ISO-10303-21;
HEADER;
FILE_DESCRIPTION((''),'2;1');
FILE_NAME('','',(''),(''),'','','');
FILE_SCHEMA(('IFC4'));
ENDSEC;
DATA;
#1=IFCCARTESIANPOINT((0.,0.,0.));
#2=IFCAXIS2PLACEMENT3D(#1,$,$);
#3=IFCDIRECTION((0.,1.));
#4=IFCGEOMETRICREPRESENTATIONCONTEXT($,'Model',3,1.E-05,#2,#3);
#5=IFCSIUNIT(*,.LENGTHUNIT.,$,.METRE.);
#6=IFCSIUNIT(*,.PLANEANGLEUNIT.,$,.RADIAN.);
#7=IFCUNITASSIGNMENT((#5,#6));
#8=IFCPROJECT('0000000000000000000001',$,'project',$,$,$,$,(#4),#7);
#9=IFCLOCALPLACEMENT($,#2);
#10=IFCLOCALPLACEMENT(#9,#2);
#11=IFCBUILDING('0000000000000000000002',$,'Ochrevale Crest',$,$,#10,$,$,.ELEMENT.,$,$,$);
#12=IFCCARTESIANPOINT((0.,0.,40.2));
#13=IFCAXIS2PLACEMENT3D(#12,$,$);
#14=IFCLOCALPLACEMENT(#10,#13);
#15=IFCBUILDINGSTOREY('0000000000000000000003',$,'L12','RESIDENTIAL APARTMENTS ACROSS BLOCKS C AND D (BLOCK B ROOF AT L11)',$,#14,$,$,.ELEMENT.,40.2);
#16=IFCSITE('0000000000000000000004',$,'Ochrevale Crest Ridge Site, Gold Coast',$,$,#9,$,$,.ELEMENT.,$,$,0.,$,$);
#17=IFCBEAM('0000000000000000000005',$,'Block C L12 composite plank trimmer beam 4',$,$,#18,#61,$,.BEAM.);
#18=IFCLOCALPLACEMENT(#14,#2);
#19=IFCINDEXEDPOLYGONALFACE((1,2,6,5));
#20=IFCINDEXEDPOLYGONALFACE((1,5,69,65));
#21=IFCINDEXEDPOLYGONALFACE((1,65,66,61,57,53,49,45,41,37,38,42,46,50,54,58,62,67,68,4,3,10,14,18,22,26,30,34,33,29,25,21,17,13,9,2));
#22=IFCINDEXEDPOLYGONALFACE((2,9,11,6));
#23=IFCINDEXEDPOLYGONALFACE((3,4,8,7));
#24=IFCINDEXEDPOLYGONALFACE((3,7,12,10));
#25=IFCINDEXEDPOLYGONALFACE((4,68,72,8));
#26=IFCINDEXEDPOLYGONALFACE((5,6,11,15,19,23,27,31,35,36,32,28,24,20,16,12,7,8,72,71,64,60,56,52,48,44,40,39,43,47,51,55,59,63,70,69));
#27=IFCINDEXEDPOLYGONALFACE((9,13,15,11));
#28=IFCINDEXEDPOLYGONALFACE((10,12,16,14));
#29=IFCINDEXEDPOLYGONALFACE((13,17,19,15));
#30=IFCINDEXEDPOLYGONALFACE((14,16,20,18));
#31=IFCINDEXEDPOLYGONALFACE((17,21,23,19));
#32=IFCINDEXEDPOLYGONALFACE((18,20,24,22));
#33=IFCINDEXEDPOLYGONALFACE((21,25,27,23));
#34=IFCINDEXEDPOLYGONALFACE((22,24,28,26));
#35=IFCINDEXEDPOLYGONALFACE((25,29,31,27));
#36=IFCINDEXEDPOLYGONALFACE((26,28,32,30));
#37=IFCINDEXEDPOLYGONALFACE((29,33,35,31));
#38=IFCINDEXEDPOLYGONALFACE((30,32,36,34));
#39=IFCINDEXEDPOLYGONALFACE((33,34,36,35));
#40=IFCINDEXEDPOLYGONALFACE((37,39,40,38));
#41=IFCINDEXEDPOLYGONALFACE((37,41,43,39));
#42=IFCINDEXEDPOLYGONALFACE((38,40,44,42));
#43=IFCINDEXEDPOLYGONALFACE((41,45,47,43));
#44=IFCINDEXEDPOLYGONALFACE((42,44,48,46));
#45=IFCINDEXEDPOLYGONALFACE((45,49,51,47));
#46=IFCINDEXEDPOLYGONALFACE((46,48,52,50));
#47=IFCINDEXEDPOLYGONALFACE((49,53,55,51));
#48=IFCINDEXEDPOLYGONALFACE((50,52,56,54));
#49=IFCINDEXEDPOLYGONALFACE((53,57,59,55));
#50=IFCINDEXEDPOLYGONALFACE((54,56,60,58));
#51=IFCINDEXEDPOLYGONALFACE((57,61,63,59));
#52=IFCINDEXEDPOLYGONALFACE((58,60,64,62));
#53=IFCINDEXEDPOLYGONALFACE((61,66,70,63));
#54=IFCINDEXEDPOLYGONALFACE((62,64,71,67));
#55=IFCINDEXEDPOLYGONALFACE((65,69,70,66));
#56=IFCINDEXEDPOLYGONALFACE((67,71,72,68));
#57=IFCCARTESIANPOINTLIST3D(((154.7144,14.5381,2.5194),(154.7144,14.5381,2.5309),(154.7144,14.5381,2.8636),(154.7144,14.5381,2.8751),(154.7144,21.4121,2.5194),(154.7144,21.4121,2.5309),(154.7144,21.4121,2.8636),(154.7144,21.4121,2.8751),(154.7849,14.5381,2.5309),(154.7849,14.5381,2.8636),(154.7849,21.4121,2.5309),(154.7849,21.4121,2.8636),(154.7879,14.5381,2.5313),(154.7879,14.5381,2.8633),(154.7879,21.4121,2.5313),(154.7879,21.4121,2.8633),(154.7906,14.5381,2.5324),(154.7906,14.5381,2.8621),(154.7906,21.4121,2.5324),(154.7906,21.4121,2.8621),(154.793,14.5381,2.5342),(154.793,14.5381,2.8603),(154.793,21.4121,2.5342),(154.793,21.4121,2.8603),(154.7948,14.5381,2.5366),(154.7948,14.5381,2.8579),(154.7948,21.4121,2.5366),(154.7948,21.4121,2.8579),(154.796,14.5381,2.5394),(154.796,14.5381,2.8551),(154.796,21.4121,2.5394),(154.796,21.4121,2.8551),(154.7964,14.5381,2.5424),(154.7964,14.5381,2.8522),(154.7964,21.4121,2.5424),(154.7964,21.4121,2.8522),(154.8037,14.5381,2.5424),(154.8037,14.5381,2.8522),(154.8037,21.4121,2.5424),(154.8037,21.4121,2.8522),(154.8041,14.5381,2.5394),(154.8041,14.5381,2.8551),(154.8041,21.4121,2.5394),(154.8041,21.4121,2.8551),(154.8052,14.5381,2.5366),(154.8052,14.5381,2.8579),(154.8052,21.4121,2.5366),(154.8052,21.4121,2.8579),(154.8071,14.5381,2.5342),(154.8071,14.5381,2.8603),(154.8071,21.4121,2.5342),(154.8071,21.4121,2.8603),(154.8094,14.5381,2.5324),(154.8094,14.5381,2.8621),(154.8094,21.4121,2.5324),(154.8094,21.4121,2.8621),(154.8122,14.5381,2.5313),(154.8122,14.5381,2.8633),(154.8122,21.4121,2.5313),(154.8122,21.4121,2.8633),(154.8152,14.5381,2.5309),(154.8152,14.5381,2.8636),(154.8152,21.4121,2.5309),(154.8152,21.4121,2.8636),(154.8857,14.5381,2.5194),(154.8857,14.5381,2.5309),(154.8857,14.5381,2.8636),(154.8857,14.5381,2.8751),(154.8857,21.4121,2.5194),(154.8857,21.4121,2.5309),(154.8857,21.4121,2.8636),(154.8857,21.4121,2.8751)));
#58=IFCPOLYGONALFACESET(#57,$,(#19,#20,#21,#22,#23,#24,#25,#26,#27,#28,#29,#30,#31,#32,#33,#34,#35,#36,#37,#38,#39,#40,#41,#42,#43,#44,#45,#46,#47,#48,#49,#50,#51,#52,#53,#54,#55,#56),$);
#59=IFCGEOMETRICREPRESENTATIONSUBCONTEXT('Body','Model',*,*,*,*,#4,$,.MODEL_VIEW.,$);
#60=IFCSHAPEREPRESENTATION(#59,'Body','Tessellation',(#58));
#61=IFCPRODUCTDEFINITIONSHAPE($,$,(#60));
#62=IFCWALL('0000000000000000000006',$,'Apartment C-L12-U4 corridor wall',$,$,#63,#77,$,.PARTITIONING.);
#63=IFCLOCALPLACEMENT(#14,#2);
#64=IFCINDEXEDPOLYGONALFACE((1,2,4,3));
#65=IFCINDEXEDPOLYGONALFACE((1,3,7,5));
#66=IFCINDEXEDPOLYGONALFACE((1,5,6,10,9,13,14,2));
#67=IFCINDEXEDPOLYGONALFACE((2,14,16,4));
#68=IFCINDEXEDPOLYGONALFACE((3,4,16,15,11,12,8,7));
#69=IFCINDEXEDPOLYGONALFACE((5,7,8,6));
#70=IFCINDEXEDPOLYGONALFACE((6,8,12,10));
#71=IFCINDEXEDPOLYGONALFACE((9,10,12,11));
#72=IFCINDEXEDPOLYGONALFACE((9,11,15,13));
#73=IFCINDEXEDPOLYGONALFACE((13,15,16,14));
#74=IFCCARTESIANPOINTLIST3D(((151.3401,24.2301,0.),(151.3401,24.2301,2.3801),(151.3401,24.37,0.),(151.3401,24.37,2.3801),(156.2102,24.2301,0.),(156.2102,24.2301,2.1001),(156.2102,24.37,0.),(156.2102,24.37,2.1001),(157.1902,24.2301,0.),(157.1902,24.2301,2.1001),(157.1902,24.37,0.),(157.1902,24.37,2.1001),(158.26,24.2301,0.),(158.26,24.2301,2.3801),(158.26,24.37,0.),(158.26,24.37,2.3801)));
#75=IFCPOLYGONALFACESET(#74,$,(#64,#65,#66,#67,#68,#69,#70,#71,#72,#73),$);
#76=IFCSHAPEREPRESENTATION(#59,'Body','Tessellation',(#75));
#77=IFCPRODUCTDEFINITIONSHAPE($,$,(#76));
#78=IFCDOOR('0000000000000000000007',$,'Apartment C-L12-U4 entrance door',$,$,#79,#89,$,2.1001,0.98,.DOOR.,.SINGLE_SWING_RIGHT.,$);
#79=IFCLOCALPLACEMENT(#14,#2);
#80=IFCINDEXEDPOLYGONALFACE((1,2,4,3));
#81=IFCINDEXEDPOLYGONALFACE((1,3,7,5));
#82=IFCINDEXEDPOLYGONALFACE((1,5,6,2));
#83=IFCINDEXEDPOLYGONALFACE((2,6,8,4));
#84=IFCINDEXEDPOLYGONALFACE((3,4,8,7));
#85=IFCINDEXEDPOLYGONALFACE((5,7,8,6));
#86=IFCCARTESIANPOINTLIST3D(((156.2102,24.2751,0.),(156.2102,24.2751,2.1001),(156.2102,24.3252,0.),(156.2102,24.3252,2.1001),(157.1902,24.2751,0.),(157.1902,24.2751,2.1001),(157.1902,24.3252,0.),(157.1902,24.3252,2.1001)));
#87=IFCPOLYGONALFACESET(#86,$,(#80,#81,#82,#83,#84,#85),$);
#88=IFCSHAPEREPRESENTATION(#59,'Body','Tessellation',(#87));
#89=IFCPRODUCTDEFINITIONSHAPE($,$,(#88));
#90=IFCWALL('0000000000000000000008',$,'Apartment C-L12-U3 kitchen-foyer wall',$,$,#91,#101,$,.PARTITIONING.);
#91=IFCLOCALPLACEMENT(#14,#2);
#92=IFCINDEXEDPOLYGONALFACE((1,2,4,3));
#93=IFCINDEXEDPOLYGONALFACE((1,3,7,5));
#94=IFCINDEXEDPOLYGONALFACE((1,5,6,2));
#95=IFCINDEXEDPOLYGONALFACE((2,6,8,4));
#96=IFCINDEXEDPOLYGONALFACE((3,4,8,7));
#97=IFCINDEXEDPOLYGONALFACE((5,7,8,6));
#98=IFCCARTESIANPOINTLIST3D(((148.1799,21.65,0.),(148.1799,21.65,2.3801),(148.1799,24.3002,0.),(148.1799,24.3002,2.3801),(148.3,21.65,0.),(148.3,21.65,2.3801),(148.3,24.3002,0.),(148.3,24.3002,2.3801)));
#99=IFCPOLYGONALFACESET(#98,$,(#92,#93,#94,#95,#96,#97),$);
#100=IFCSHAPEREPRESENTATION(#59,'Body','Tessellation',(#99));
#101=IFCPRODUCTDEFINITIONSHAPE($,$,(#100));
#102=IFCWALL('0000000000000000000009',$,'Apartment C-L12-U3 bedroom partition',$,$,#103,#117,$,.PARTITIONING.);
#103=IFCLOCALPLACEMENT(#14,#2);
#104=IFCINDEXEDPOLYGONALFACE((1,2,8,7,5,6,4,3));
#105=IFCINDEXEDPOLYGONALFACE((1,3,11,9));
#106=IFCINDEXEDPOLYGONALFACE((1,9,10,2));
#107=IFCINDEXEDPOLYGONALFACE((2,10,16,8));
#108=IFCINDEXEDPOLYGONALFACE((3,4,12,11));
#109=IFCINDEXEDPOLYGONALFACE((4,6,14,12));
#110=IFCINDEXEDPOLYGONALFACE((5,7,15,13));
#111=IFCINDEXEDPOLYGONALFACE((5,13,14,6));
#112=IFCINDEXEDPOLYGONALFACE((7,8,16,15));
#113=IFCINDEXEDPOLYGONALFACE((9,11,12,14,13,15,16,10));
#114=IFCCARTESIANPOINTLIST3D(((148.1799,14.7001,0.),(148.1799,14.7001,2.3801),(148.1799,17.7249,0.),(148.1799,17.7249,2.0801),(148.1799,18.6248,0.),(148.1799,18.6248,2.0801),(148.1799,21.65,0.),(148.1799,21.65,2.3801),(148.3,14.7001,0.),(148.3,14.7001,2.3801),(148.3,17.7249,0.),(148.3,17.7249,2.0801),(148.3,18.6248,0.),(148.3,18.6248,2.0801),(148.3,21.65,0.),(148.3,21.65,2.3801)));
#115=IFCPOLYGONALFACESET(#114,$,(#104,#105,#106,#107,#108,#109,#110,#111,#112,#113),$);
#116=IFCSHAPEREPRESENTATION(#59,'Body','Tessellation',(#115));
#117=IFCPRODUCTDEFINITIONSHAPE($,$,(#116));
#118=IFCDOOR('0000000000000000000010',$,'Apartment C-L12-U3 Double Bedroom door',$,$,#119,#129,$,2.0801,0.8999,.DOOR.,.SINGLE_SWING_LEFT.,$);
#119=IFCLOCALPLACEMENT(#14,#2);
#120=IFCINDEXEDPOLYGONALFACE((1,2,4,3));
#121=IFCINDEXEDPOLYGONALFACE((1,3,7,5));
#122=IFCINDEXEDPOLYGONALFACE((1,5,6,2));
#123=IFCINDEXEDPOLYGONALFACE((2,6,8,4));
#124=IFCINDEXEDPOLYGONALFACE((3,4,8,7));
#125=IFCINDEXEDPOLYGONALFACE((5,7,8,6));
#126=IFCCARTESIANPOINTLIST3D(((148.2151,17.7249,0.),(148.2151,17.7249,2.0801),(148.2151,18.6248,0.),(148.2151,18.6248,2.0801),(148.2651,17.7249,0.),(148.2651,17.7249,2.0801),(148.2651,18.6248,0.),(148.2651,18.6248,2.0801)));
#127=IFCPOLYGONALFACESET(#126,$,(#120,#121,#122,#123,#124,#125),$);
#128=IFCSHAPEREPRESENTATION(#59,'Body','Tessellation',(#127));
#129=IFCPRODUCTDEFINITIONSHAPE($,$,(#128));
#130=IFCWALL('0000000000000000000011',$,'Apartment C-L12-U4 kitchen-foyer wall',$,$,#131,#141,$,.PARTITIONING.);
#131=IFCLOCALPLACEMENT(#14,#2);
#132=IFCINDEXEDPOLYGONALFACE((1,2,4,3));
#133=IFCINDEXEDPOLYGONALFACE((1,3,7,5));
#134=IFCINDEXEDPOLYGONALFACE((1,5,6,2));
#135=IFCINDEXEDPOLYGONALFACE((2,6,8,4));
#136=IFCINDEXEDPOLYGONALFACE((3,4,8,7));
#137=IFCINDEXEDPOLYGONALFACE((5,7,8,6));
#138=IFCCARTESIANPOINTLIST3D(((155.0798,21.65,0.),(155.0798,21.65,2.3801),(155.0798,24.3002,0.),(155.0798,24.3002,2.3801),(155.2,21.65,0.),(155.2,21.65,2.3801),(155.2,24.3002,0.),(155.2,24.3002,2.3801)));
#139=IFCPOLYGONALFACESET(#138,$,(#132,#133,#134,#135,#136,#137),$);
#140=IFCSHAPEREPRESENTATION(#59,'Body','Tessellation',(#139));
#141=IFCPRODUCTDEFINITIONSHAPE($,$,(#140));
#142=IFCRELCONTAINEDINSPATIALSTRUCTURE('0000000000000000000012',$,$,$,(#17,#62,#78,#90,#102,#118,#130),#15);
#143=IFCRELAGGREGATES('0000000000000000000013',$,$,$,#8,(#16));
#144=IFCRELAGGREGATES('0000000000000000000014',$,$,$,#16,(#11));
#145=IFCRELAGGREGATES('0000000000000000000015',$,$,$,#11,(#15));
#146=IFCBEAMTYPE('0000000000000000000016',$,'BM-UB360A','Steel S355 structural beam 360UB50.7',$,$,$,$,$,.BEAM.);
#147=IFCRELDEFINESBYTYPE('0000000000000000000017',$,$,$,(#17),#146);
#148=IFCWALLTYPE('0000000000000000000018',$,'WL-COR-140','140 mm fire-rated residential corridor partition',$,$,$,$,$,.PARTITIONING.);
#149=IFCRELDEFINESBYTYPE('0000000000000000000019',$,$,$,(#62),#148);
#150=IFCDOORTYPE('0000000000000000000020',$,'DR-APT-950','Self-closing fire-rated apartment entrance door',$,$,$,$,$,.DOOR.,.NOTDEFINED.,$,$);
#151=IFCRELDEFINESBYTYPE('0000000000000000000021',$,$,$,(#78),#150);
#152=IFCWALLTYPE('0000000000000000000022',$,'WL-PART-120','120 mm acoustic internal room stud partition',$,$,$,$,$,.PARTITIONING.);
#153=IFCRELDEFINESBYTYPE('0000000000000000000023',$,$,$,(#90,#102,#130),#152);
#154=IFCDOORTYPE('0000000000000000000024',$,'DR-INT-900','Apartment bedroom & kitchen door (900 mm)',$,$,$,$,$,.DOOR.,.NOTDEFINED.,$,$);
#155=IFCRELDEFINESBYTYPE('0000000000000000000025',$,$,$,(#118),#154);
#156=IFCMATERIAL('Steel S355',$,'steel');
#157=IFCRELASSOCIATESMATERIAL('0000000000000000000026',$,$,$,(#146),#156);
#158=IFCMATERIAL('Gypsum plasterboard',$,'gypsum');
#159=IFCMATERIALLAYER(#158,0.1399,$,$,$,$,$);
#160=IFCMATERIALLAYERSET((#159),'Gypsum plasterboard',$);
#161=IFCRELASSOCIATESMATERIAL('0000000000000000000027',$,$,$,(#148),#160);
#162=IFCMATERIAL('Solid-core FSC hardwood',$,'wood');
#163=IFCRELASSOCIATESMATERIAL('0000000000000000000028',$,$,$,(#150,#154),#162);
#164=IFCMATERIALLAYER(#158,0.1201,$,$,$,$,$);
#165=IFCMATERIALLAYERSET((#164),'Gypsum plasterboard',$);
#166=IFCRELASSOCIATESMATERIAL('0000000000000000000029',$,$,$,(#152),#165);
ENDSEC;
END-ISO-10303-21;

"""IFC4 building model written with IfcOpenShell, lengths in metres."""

from ifc_helpers import new_model, si_unit, direction, frame, frame_2d, origin, origin_2d, place, context, subcontext, project, spatial, rectangle, i_section, extrude, material, layer, layer_set, material_profile, profile_set, type_object, element, fill, save


model = new_model("IFC4")

# Units and contexts
model_context = context("Model", 3, precision=1e-05, world=origin(), true_north=direction((0.0, 1.0)))
body_context = subcontext(model_context, "Body", "Model", "MODEL_VIEW")
ifc_project = project(units=[si_unit("LENGTHUNIT", "METRE"), si_unit("PLANEANGLEUNIT", "RADIAN")], contexts=[model_context])

# Site, building, storey
site_placement = place(None, origin())
site = spatial("IfcSite", under=ifc_project, at=site_placement, Name="Ochrevale Crest Ridge Site, Gold Coast", CompositionType="ELEMENT", RefElevation=0.0)
building_placement = place(site_placement, origin())
building = spatial("IfcBuilding", under=site, at=building_placement, Name="Ochrevale Crest", CompositionType="ELEMENT")
storey_placement = place(building_placement, frame((0.0, 0.0, 40.2)))
storey = spatial("IfcBuildingStorey", under=building, at=storey_placement, Name="L12", Description="RESIDENTIAL APARTMENTS ACROSS BLOCKS C AND D (BLOCK B ROOF AT L11)", CompositionType="ELEMENT", Elevation=40.2)

# Beam
ifc_material_1 = material(Name="Steel S355", Category="steel")
ifc_material_profile_1 = material_profile(ifc_material_1, i_section(OverallWidth=0.1714, OverallDepth=0.3557, WebThickness=0.0073, FlangeThickness=0.0115, FilletRadius=0.0115, at=origin_2d()), Name="360UB50.7")
ifc_profile_set_1 = profile_set([ifc_material_profile_1], Name="Steel S355")
beam_type_1 = type_object("IfcBeamType", Name="BM-UB360A", Description="Steel S355 structural beam 360UB50.7", PredefinedType="BEAM", material=ifc_profile_set_1)
beam_1_placement = place(storey_placement, frame((154.8, 14.5381, 2.6973), z_axis=(0.0, 1.0, 0.0), x_axis=(-1.0, 0.0, 0.0)))
element("IfcBeam", 1, at=beam_1_placement, inside=storey, type_object=beam_type_1, Name="Block C L12 composite plank trimmer beam 4", PredefinedType="BEAM", context=body_context, shape_type="SweptSolid", body=[
    extrude(i_section(OverallWidth=0.1714, OverallDepth=0.3557, WebThickness=0.0073, FlangeThickness=0.0115, FilletRadius=0.0115, at=origin_2d()), origin(), (0.0, 0.0, 1.0), 6.874),
])

# Wall, opening, door
ifc_material_2 = material(Name="Gypsum plasterboard", Category="gypsum")
ifc_layer_1 = layer(ifc_material_2, 0.1399)
ifc_layer_set_1 = layer_set([ifc_layer_1], Name="Gypsum plasterboard")
wall_type_1 = type_object("IfcWallType", Name="WL-COR-140", Description="140 mm fire-rated residential corridor partition", PredefinedType="PARTITIONING", material=ifc_layer_set_1)
wall_1_placement = place(storey_placement, frame((151.3401, 24.3, 0.0), z_axis=(0.0, 0.0, 1.0), x_axis=(1.0, 0.0, 0.0)))
wall_1 = element("IfcWall", 2, at=wall_1_placement, inside=storey, type_object=wall_type_1, Name="Apartment C-L12-U4 corridor wall", PredefinedType="PARTITIONING", context=body_context, shape_type="SweptSolid", body=[
    extrude(rectangle(XDim=6.9199, YDim=0.1399, at=frame_2d((3.46, 0.0))), origin(), (0.0, 0.0, 1.0), 2.3801),
])
opening_1_placement = place(wall_1_placement, frame((5.8501, 0.0, 0.0), z_axis=(0.0, 0.0, 1.0), x_axis=(-1.0, 0.0, 0.0)))
opening_1 = element("IfcOpeningElement", 3, at=opening_1_placement, cuts=wall_1, PredefinedType="OPENING", context=body_context, shape_type="SweptSolid", body=[
    extrude(rectangle(XDim=0.98, YDim=2.1001, at=frame_2d((0.49, 1.05))), frame((0.0, 0.0801, 0.0), z_axis=(0.0, -1.0, 0.0), x_axis=(1.0, 0.0, 0.0)), (0.0, 0.0, 1.0), 0.1599),
])
ifc_material_3 = material(Name="Solid-core FSC hardwood", Category="wood")
door_type_1 = type_object("IfcDoorType", Name="DR-APT-950", Description="Self-closing fire-rated apartment entrance door", OperationType="NOTDEFINED", PredefinedType="DOOR", material=ifc_material_3)
door_1_placement = place(opening_1_placement, origin())
door_1 = element("IfcDoor", 4, at=door_1_placement, inside=storey, type_object=door_type_1, Name="Apartment C-L12-U4 entrance door", OperationType="SINGLE_SWING_RIGHT", OverallHeight=2.1001, OverallWidth=0.98, PredefinedType="DOOR", context=body_context, shape_type="SweptSolid", body=[
    extrude(rectangle(XDim=0.98, YDim=2.1001, at=frame_2d((0.49, 1.05))), frame((0.0, 0.0249, 0.0), z_axis=(0.0, -1.0, 0.0), x_axis=(1.0, 0.0, 0.0)), (0.0, 0.0, 1.0), 0.05),
])
fill(opening_1, door_1)

# Wall
ifc_layer_2 = layer(ifc_material_2, 0.1201)
ifc_layer_set_2 = layer_set([ifc_layer_2], Name="Gypsum plasterboard")
wall_type_2 = type_object("IfcWallType", Name="WL-PART-120", Description="120 mm acoustic internal room stud partition", PredefinedType="PARTITIONING", material=ifc_layer_set_2)
wall_2_placement = place(storey_placement, frame((148.24, 21.6499, 0.0), z_axis=(0.0, 0.0, 1.0), x_axis=(0.0, 1.0, 0.0)))
element("IfcWall", 5, at=wall_2_placement, inside=storey, type_object=wall_type_2, Name="Apartment C-L12-U3 kitchen-foyer wall", PredefinedType="PARTITIONING", context=body_context, shape_type="SweptSolid", body=[
    extrude(rectangle(XDim=2.6501, YDim=0.1201, at=frame_2d((1.3252, 0.0))), origin(), (0.0, 0.0, 1.0), 2.3801),
])

# Wall, opening, door
wall_3_placement = place(storey_placement, frame((148.24, 14.7, 0.0), z_axis=(0.0, 0.0, 1.0), x_axis=(0.0, 1.0, 0.0)))
wall_3 = element("IfcWall", 6, at=wall_3_placement, inside=storey, type_object=wall_type_2, Name="Apartment C-L12-U3 bedroom partition", PredefinedType="PARTITIONING", context=body_context, shape_type="SweptSolid", body=[
    extrude(rectangle(XDim=6.95, YDim=0.1201, at=frame_2d((3.4751, 0.0))), origin(), (0.0, 0.0, 1.0), 2.3801),
])
opening_2_placement = place(wall_3_placement, frame((3.0249, 0.0, 0.0)))
opening_2 = element("IfcOpeningElement", 7, at=opening_2_placement, cuts=wall_3, PredefinedType="OPENING", context=body_context, shape_type="SweptSolid", body=[
    extrude(rectangle(XDim=0.8999, YDim=2.0801, at=frame_2d((0.45, 1.04))), frame((0.0, 0.0701, 0.0), z_axis=(0.0, -1.0, 0.0), x_axis=(1.0, 0.0, 0.0)), (0.0, 0.0, 1.0), 0.1401),
])
door_type_2 = type_object("IfcDoorType", Name="DR-INT-900", Description="Apartment bedroom & kitchen door (900 mm)", OperationType="NOTDEFINED", PredefinedType="DOOR", material=ifc_material_3)
door_2_placement = place(opening_2_placement, origin())
door_2 = element("IfcDoor", 8, at=door_2_placement, inside=storey, type_object=door_type_2, Name="Apartment C-L12-U3 Double Bedroom door", OperationType="SINGLE_SWING_LEFT", OverallHeight=2.0801, OverallWidth=0.8999, PredefinedType="DOOR", context=body_context, shape_type="SweptSolid", body=[
    extrude(rectangle(XDim=0.8999, YDim=2.0801, at=frame_2d((0.45, 1.04))), frame((0.0, 0.0249, 0.0), z_axis=(0.0, -1.0, 0.0), x_axis=(1.0, 0.0, 0.0)), (0.0, 0.0, 1.0), 0.05),
])
fill(opening_2, door_2)

# Wall
wall_4_placement = place(storey_placement, frame((155.1399, 21.6499, 0.0), z_axis=(0.0, 0.0, 1.0), x_axis=(0.0, 1.0, 0.0)))
element("IfcWall", 9, at=wall_4_placement, inside=storey, type_object=wall_type_2, Name="Apartment C-L12-U4 kitchen-foyer wall", PredefinedType="PARTITIONING", context=body_context, shape_type="SweptSolid", body=[
    extrude(rectangle(XDim=2.6501, YDim=0.1201, at=frame_2d((1.3252, 0.0))), origin(), (0.0, 0.0, 1.0), 2.3801),
])

save(model, "model.ifc")
